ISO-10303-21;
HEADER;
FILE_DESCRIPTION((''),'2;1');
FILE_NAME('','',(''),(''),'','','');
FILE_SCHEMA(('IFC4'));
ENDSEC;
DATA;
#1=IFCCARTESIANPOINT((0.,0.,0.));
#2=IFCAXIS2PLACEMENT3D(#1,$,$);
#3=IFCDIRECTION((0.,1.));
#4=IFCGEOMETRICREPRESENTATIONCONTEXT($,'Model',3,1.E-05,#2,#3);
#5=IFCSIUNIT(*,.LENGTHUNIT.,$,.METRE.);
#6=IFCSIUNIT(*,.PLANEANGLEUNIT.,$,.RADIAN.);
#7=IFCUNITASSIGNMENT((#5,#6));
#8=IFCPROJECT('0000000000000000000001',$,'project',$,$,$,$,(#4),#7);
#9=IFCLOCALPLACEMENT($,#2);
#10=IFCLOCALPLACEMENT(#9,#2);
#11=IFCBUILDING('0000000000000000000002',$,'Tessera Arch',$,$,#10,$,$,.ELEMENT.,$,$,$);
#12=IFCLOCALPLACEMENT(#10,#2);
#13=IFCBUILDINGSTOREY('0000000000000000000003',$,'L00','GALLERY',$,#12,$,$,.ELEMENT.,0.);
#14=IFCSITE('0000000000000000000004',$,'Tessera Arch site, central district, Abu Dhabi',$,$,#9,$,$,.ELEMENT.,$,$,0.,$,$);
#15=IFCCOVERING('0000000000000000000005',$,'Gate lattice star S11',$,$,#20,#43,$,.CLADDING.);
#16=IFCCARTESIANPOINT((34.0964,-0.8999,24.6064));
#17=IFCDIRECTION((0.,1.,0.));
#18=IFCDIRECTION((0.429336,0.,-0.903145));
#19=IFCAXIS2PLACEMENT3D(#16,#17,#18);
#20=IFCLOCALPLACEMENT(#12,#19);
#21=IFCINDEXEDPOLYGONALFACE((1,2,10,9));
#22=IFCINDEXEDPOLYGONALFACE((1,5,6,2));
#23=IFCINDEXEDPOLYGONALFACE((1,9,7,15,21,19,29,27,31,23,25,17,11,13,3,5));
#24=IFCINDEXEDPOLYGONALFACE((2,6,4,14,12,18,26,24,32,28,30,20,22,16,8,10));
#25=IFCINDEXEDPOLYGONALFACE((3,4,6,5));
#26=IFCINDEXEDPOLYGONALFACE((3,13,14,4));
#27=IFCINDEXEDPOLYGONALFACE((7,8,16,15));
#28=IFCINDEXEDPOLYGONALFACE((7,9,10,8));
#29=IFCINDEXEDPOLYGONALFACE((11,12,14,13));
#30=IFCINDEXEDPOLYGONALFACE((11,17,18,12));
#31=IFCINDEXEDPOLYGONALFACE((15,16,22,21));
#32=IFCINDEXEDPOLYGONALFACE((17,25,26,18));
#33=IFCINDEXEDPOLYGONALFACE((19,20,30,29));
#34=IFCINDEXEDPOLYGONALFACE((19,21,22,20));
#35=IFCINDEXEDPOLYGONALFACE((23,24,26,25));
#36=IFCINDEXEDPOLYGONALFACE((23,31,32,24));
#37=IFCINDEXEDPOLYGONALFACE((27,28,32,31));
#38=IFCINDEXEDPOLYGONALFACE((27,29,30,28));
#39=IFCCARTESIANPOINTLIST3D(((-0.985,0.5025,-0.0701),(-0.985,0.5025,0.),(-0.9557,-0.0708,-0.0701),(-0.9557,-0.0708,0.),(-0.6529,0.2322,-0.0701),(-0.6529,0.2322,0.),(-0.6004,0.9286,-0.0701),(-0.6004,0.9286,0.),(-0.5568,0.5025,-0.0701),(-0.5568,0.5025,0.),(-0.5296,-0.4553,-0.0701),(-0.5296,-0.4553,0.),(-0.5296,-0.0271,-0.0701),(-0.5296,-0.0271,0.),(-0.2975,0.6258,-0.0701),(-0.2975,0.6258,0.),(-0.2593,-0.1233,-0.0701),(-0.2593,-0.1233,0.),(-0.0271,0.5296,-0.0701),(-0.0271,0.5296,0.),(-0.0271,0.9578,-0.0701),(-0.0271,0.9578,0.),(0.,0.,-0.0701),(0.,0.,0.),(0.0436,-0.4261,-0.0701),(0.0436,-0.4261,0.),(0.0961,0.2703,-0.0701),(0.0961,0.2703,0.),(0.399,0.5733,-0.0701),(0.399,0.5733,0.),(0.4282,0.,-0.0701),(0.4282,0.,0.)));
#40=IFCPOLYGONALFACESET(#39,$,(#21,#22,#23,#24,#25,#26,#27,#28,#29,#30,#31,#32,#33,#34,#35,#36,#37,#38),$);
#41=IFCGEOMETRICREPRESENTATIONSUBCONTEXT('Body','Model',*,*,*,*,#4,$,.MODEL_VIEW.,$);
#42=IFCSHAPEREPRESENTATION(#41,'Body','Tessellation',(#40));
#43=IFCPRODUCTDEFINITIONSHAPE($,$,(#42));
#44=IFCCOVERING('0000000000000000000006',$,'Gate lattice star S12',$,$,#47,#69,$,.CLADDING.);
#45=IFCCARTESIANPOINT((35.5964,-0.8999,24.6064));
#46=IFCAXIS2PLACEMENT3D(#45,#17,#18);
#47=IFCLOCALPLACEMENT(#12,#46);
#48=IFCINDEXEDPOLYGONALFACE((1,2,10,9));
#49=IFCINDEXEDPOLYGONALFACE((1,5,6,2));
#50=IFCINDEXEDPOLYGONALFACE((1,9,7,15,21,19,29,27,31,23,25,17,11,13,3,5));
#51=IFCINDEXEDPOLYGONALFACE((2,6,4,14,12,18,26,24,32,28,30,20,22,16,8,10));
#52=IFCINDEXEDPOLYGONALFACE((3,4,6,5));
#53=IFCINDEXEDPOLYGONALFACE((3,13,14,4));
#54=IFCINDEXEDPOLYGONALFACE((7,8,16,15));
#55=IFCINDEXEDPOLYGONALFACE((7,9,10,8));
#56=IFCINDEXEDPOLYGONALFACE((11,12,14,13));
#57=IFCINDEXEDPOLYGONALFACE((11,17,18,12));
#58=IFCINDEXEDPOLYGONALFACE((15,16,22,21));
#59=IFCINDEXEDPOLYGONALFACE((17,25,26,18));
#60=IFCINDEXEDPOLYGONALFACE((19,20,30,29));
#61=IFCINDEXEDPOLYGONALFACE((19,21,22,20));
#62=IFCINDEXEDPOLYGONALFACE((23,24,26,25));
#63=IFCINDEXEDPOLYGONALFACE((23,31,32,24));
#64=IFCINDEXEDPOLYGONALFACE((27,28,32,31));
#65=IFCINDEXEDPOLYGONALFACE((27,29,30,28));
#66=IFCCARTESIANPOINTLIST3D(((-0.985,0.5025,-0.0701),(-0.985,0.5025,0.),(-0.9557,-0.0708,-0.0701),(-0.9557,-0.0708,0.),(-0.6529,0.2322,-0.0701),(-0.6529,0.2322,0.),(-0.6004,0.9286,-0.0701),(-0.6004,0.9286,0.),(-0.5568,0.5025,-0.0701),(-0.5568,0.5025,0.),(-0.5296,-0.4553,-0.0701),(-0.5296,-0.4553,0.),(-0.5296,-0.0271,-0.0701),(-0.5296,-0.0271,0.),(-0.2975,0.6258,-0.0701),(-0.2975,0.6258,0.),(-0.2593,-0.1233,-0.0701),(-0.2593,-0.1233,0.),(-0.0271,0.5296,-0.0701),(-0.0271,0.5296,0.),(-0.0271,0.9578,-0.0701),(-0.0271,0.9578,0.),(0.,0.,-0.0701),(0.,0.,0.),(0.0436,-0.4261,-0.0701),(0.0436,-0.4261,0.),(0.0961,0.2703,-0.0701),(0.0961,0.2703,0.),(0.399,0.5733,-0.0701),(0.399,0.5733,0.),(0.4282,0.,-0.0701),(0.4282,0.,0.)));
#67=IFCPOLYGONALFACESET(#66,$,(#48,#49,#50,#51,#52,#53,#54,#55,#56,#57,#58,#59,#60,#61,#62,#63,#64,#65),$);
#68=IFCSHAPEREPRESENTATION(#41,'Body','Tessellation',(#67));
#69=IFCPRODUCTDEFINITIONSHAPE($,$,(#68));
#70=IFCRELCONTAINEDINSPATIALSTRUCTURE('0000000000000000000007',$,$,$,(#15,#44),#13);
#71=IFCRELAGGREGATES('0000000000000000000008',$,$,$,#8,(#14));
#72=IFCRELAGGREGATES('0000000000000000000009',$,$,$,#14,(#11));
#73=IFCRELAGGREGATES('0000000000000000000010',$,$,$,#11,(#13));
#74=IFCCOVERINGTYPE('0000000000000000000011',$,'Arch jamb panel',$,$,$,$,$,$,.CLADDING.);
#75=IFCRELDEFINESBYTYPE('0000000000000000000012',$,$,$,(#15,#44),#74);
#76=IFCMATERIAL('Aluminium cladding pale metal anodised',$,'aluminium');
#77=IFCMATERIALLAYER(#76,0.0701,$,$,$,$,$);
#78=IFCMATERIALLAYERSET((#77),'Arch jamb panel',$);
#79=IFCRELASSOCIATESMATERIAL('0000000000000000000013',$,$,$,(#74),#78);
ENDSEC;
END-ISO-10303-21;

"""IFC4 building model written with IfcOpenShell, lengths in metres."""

from ifc_helpers import new_model, si_unit, direction, frame, origin, place, context, subcontext, project, spatial, polyline, outline, extrude, material, layer, layer_set, type_object, element, save


model = new_model("IFC4")

# Units and contexts
model_context = context("Model", 3, precision=1e-05, world=origin(), true_north=direction((0.0, 1.0)))
body_context = subcontext(model_context, "Body", "Model", "MODEL_VIEW")
ifc_project = project(units=[si_unit("LENGTHUNIT", "METRE"), si_unit("PLANEANGLEUNIT", "RADIAN")], contexts=[model_context])

# Site, building, storey
site_placement = place(None, origin())
site = spatial("IfcSite", under=ifc_project, at=site_placement, Name="Tessera Arch site, central district, Abu Dhabi", CompositionType="ELEMENT", RefElevation=0.0)
building_placement = place(site_placement, origin())
building = spatial("IfcBuilding", under=site, at=building_placement, Name="Tessera Arch", CompositionType="ELEMENT")
storey_placement = place(building_placement, origin())
storey = spatial("IfcBuildingStorey", under=building, at=storey_placement, Name="L00", Description="GALLERY", CompositionType="ELEMENT", Elevation=0.0)

# Coverings
ifc_material_1 = material(Name="Aluminium cladding pale metal anodised", Category="aluminium")
ifc_layer = layer(ifc_material_1, 0.0701)
ifc_layer_set = layer_set([ifc_layer], Name="Arch jamb panel")
covering_type = type_object("IfcCoveringType", Name="Arch jamb panel", PredefinedType="CLADDING", material=ifc_layer_set)
for number, where, z_axis, x_axis, name in (
    (1, (34.0964, -0.8999, 24.6064), (0.0, 1.0, 0.0), (0.429336, 0.0, -0.903145), "Gate lattice star S11"),
    (2, (35.5964, -0.8999, 24.6064), (0.0, 1.0, 0.0), (0.429336, 0.0, -0.903145), "Gate lattice star S12"),
):
    element("IfcCovering", number, at=place(storey_placement, frame(where, z_axis=z_axis, x_axis=x_axis)), inside=storey, type_object=covering_type, Name=name, PredefinedType="CLADDING", context=body_context, shape_type="SweptSolid", body=[
        extrude(outline(polyline([(0.0, 0.0), (0.4282, 0.0), (0.0961, 0.2703), (0.399, 0.5733), (-0.0271, 0.5296), (-0.0271, 0.9578), (-0.2975, 0.6258), (-0.6004, 0.9286), (-0.5568, 0.5025), (-0.985, 0.5025), (-0.6529, 0.2322), (-0.9557, -0.0708), (-0.5296, -0.0271), (-0.5296, -0.4553), (-0.2593, -0.1233), (0.0436, -0.4261), (0.0, 0.0)])), origin(), (0.0, 0.0, -1.0), 0.0701),
    ])

save(model, "model.ifc")
